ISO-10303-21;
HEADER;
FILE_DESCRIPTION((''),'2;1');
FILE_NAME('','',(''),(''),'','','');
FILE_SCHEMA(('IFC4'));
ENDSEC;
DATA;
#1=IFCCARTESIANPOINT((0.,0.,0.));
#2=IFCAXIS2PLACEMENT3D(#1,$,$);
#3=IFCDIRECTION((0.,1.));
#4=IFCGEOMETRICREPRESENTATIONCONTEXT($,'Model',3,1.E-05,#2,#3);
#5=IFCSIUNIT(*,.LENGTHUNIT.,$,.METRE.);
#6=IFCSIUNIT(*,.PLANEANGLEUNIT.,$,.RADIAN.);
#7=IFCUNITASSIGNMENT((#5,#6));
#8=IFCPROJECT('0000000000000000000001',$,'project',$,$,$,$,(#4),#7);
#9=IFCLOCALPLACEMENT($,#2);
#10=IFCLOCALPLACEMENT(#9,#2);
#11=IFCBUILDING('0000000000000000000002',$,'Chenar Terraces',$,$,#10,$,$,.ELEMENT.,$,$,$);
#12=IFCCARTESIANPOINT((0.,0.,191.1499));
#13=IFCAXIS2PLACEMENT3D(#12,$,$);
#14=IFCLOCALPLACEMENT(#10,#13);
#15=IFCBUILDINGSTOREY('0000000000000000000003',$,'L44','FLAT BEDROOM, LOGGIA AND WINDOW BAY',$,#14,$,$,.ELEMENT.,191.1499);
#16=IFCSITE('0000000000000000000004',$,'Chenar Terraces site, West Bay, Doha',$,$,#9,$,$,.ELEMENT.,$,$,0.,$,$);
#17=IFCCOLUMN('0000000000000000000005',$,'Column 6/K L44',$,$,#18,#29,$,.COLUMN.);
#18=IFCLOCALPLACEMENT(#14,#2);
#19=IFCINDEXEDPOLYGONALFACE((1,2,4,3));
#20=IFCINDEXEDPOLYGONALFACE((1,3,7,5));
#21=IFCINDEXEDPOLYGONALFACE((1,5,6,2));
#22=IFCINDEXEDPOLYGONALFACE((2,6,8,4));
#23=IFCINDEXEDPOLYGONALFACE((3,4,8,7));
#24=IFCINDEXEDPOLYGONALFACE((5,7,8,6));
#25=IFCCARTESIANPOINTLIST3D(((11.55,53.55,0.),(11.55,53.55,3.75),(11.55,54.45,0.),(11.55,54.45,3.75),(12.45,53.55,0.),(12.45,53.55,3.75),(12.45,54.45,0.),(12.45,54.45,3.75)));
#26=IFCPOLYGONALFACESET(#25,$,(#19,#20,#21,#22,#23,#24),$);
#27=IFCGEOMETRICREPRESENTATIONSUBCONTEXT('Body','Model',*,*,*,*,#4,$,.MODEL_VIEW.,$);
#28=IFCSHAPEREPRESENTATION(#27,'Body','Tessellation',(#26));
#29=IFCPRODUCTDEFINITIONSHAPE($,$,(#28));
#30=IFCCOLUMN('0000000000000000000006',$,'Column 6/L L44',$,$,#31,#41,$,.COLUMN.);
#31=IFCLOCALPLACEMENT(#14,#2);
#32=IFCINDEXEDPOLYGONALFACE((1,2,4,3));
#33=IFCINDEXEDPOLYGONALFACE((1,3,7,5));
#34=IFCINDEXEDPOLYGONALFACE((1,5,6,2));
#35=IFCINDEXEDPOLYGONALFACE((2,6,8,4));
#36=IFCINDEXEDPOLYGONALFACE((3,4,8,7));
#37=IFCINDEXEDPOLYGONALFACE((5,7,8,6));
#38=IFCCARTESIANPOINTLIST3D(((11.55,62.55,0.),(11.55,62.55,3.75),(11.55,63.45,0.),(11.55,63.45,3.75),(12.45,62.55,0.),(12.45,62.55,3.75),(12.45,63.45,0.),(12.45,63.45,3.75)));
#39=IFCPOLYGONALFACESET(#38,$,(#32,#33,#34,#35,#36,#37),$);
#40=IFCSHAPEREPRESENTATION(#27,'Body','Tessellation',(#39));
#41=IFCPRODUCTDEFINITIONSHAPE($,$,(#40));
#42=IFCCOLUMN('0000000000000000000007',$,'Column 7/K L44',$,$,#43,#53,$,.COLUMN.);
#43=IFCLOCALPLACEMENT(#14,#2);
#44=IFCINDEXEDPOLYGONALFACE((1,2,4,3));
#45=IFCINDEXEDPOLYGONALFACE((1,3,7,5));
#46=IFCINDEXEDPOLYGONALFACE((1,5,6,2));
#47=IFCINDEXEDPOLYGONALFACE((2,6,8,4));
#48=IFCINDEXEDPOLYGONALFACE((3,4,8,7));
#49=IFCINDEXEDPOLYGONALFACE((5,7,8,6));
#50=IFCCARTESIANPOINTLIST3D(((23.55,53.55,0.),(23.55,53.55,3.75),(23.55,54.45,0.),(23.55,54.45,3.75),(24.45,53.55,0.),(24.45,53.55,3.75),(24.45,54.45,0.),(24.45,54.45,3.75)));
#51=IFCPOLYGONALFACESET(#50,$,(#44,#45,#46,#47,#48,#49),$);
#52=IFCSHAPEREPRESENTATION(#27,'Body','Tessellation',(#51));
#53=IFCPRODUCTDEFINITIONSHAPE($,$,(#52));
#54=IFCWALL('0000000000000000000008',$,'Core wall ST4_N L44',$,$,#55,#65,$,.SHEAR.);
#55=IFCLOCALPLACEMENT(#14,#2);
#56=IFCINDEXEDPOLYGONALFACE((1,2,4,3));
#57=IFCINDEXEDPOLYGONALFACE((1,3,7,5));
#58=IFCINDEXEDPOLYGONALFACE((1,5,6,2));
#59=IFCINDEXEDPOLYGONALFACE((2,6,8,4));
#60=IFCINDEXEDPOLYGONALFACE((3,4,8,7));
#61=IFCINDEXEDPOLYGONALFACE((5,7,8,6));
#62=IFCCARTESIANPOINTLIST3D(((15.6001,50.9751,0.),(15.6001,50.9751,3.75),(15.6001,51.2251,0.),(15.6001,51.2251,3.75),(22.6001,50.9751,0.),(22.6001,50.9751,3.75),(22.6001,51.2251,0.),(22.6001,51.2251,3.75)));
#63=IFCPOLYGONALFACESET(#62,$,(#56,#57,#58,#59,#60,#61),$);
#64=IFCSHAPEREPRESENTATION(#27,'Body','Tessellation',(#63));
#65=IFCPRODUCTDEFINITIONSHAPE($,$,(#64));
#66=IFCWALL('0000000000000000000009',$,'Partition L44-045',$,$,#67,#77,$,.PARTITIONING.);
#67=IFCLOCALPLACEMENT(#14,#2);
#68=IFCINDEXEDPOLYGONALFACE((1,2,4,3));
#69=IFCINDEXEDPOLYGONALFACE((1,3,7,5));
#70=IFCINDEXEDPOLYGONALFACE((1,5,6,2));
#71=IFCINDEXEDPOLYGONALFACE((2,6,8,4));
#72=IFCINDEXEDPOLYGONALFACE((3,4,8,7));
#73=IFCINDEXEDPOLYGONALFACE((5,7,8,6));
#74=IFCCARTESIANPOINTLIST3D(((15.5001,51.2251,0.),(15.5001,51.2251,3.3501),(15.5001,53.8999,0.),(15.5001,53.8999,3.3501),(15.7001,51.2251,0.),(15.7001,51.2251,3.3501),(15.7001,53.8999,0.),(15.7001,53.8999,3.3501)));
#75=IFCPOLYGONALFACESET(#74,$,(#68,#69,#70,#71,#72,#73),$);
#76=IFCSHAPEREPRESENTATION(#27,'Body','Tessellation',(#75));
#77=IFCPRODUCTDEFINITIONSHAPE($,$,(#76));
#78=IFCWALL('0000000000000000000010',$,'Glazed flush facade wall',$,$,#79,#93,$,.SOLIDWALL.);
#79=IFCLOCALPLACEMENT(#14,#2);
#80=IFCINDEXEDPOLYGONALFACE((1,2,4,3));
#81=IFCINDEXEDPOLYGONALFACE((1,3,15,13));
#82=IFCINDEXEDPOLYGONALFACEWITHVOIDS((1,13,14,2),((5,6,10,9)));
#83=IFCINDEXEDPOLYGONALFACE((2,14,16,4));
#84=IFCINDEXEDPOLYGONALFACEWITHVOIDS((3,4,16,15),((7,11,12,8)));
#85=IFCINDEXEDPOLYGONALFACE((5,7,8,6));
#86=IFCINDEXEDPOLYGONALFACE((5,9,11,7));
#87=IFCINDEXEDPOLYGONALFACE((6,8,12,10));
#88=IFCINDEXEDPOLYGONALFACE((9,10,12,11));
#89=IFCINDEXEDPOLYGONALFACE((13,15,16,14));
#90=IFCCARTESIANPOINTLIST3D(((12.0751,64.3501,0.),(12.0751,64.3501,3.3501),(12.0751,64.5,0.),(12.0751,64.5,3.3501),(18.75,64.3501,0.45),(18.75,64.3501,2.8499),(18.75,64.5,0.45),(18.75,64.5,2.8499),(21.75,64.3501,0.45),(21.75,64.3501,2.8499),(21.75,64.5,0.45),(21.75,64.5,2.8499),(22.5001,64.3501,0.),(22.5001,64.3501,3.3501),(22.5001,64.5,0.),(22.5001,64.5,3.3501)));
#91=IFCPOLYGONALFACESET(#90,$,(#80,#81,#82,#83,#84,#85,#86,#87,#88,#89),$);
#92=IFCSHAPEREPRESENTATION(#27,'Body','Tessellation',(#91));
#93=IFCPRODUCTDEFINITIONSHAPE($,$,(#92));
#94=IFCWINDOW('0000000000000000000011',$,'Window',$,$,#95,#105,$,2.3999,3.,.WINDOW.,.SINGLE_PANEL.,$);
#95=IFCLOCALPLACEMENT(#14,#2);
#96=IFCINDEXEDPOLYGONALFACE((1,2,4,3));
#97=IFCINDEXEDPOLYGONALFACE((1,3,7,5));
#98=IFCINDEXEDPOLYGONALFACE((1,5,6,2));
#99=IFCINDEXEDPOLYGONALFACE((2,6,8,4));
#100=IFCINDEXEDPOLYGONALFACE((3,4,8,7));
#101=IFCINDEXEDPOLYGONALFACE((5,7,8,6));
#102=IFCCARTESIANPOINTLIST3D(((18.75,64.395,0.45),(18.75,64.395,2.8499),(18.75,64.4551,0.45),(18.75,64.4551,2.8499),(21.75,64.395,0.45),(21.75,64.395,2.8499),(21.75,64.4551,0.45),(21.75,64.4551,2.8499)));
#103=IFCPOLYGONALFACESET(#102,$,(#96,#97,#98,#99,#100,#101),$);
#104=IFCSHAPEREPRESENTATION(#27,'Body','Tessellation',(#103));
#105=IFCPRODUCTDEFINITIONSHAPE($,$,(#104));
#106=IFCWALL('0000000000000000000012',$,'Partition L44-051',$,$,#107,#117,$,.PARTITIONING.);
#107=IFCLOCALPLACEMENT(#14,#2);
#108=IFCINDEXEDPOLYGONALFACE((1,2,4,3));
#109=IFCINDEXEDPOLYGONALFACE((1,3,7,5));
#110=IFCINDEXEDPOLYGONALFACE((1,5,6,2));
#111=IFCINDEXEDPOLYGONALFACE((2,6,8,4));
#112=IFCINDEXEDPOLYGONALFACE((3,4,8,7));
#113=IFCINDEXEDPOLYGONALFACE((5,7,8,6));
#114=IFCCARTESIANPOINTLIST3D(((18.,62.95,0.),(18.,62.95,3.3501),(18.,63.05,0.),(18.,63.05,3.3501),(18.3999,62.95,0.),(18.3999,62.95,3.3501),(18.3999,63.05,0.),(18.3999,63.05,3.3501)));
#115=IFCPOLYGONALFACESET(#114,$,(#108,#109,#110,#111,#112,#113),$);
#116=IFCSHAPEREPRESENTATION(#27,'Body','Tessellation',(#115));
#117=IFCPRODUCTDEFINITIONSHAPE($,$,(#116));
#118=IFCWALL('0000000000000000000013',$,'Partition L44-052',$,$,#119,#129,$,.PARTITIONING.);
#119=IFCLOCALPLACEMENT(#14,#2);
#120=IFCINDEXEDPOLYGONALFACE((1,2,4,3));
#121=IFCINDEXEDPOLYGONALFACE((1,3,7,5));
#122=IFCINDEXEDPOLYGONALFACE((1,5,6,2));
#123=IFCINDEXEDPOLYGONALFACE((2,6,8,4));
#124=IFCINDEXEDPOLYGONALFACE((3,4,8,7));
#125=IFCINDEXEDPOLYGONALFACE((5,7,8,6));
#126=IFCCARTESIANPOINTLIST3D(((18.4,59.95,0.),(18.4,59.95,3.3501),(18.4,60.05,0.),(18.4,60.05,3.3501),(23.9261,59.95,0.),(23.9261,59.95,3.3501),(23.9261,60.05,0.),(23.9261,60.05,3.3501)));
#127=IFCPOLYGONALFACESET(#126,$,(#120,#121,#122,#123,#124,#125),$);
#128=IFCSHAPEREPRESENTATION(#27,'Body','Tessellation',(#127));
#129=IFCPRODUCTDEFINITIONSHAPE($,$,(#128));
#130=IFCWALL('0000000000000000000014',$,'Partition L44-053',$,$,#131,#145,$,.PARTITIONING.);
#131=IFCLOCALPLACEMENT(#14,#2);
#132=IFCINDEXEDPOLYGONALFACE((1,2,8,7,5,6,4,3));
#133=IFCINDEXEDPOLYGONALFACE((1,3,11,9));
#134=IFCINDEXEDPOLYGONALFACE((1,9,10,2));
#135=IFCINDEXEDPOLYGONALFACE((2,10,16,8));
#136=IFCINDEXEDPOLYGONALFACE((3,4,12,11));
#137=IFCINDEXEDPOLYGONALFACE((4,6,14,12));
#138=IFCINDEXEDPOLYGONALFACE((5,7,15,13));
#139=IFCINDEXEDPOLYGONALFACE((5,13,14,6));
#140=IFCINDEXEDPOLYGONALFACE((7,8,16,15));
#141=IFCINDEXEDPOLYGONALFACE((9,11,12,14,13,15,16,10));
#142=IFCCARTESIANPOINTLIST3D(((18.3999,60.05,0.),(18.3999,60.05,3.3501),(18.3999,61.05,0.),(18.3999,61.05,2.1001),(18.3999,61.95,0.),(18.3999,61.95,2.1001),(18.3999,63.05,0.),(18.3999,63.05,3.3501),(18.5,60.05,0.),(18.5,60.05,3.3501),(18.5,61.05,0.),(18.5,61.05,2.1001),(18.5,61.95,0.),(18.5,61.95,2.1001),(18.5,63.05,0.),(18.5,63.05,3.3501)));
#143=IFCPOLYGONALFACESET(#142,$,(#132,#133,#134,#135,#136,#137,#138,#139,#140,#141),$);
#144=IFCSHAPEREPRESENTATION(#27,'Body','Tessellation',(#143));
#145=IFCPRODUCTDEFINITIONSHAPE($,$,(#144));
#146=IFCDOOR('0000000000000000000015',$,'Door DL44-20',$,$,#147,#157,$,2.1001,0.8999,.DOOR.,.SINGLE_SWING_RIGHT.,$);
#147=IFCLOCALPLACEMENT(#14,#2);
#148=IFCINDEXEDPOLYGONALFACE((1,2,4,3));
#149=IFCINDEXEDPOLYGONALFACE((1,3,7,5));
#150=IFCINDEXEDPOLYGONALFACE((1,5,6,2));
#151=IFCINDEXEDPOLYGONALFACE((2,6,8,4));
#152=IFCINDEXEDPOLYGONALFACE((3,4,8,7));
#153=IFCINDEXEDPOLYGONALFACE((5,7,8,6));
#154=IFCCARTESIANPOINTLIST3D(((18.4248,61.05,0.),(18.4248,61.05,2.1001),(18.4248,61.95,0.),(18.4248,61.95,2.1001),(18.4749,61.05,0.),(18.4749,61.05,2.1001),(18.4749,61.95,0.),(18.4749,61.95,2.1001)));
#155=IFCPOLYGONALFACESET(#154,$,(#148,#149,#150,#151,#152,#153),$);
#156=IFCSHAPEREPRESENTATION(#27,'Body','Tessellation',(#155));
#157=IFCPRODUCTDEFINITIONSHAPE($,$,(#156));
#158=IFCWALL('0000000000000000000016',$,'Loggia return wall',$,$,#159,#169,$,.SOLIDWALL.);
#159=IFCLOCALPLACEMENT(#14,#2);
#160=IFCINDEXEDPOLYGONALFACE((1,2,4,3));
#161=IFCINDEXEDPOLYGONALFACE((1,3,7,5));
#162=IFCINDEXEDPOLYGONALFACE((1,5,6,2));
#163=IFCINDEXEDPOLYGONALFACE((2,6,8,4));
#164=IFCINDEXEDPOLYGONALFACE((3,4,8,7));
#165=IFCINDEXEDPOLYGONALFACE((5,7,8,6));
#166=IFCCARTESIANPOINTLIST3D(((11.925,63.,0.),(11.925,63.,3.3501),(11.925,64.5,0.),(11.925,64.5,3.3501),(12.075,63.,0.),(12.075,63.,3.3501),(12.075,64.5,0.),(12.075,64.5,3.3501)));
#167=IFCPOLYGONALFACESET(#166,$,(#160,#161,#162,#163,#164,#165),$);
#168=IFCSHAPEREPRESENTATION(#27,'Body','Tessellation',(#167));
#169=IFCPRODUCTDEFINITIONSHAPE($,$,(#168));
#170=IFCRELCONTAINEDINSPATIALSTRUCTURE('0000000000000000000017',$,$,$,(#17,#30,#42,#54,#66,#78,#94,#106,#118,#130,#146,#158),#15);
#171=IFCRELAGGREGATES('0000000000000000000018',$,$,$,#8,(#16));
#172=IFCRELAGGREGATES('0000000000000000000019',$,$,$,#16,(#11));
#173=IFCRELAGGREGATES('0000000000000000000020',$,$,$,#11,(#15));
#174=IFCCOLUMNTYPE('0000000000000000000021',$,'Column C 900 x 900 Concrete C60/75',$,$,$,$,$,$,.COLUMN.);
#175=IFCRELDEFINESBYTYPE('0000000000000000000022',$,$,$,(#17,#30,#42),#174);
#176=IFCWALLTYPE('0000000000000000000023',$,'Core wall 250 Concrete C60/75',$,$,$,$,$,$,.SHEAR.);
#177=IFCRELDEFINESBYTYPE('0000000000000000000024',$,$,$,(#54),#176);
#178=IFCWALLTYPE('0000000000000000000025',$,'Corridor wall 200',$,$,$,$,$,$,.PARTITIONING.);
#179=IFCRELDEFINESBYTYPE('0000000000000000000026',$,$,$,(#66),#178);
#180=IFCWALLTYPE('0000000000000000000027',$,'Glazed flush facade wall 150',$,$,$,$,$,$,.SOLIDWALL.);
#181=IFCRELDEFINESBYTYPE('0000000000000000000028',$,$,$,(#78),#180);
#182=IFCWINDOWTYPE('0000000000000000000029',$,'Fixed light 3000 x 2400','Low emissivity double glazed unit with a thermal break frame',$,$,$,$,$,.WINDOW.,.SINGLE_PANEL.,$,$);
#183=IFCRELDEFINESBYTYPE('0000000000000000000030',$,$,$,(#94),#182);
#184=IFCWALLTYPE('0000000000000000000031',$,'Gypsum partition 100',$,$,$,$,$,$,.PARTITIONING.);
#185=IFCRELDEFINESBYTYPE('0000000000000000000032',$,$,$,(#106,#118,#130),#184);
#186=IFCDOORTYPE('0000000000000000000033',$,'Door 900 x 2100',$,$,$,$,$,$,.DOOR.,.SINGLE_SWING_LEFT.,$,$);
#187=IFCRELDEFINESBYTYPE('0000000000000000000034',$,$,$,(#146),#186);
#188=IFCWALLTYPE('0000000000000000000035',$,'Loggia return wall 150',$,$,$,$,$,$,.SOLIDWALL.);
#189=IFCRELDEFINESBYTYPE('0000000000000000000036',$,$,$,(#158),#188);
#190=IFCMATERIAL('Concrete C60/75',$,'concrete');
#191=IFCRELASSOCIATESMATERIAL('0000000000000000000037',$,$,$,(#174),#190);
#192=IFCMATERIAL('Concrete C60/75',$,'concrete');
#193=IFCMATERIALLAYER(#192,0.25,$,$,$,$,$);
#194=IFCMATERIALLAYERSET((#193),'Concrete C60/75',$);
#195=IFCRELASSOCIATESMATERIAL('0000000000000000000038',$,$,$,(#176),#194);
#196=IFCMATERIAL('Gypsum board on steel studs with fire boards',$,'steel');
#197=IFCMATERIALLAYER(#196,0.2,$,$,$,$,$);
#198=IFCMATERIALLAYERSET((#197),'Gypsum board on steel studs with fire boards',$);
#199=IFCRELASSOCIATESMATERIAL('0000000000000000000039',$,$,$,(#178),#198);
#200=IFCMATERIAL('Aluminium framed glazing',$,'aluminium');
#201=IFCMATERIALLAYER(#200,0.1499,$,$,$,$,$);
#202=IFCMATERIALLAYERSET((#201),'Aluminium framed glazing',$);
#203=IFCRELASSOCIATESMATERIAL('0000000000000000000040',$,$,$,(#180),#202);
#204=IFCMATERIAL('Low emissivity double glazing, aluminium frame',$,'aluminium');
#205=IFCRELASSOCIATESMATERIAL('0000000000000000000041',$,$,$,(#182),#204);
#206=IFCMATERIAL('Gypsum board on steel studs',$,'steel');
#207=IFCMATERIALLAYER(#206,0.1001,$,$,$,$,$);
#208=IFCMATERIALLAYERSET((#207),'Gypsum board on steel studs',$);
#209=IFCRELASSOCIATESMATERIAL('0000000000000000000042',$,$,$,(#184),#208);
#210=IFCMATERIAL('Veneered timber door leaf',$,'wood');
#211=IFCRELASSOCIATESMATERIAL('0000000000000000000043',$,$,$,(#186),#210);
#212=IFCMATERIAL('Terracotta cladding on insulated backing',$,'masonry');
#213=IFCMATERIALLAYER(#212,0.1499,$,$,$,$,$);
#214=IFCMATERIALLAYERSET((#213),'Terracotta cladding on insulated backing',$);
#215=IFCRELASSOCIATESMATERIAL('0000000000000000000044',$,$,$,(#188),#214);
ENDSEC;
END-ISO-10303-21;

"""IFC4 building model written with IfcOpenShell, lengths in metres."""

from ifc_helpers import new_model, si_unit, direction, frame, frame_2d, origin, origin_2d, place, context, subcontext, project, spatial, rectangle, extrude, material, layer, layer_set, material_profile, profile_set, type_object, element, fill, save


model = new_model("IFC4")

# Units and contexts
model_context = context("Model", 3, precision=1e-05, world=origin(), true_north=direction((0.0, 1.0)))
body_context = subcontext(model_context, "Body", "Model", "MODEL_VIEW")
ifc_project = project(units=[si_unit("LENGTHUNIT", "METRE"), si_unit("PLANEANGLEUNIT", "RADIAN")], contexts=[model_context])

# Site, building, storey
site_placement = place(None, origin())
site = spatial("IfcSite", under=ifc_project, at=site_placement, Name="Chenar Terraces site, West Bay, Doha", CompositionType="ELEMENT", RefElevation=0.0)
building_placement = place(site_placement, origin())
building = spatial("IfcBuilding", under=site, at=building_placement, Name="Chenar Terraces", CompositionType="ELEMENT")
storey_placement = place(building_placement, frame((0.0, 0.0, 191.1499)))
storey = spatial("IfcBuildingStorey", under=building, at=storey_placement, Name="L44", Description="FLAT BEDROOM, LOGGIA AND WINDOW BAY", CompositionType="ELEMENT", Elevation=191.1499)

# Columns
ifc_material_1 = material(Name="Concrete C60/75", Category="concrete")
ifc_material_profile = material_profile(ifc_material_1, rectangle(XDim=0.8999, YDim=0.8999, at=origin_2d()), Name="C 900 x 900")
ifc_profile_set = profile_set([ifc_material_profile], Name="Concrete C60/75")
column_type = type_object("IfcColumnType", Name="Column C 900 x 900 Concrete C60/75", PredefinedType="COLUMN", material=ifc_profile_set)
for number, where, z_axis, x_axis, name in (
    (1, (12.0, 54.0, 0.0), (0.0, 0.0, 1.0), (1.0, 0.0, 0.0), "Column 6/K L44"),
    (2, (12.0, 63.0, 0.0), (0.0, 0.0, 1.0), (1.0, 0.0, 0.0), "Column 6/L L44"),
    (3, (24.0, 54.0, 0.0), (0.0, 0.0, 1.0), (1.0, 0.0, 0.0), "Column 7/K L44"),
):
    element("IfcColumn", number, at=place(storey_placement, frame(where, z_axis=z_axis, x_axis=x_axis)), inside=storey, type_object=column_type, Name=name, PredefinedType="COLUMN", context=body_context, shape_type="SweptSolid", body=[
        extrude(rectangle(XDim=0.8999, YDim=0.8999, at=origin_2d()), origin(), (0.0, 0.0, 1.0), 3.75),
    ])

# Walls
ifc_material_2 = material(Name="Concrete C60/75", Category="concrete")
ifc_layer_1 = layer(ifc_material_2, 0.25)
ifc_layer_set_1 = layer_set([ifc_layer_1], Name="Concrete C60/75")
wall_type_1 = type_object("IfcWallType", Name="Core wall 250 Concrete C60/75", PredefinedType="SHEAR", material=ifc_layer_set_1)
wall_1_placement = place(storey_placement, frame((15.6001, 51.1001, 0.0), z_axis=(0.0, 0.0, 1.0), x_axis=(1.0, 0.0, 0.0)))
element("IfcWall", 4, at=wall_1_placement, inside=storey, type_object=wall_type_1, Name="Core wall ST4_N L44", PredefinedType="SHEAR", context=body_context, shape_type="SweptSolid", body=[
    extrude(rectangle(XDim=7.0, YDim=0.25, at=frame_2d((3.5, 0.0))), origin(), (0.0, 0.0, 1.0), 3.75),
])
ifc_material_3 = material(Name="Gypsum board on steel studs with fire boards", Category="steel")
ifc_layer_2 = layer(ifc_material_3, 0.2)
ifc_layer_set_2 = layer_set([ifc_layer_2], Name="Gypsum board on steel studs with fire boards")
wall_type_2 = type_object("IfcWallType", Name="Corridor wall 200", PredefinedType="PARTITIONING", material=ifc_layer_set_2)
wall_2_placement = place(storey_placement, frame((15.6001, 51.2251, 0.0), z_axis=(0.0, 0.0, 1.0), x_axis=(0.0, 1.0, 0.0)))
element("IfcWall", 5, at=wall_2_placement, inside=storey, type_object=wall_type_2, Name="Partition L44-045", PredefinedType="PARTITIONING", context=body_context, shape_type="SweptSolid", body=[
    extrude(rectangle(XDim=2.6748, YDim=0.2, at=frame_2d((1.3374, 0.0))), origin(), (0.0, 0.0, 1.0), 3.3501),
])

# Wall, opening, window
ifc_material_4 = material(Name="Aluminium framed glazing", Category="aluminium")
ifc_layer_3 = layer(ifc_material_4, 0.1499)
ifc_layer_set_3 = layer_set([ifc_layer_3], Name="Aluminium framed glazing")
wall_type_3 = type_object("IfcWallType", Name="Glazed flush facade wall 150", PredefinedType="SOLIDWALL", material=ifc_layer_set_3)
wall_3_placement = place(storey_placement, frame((22.5, 64.425, 0.0), z_axis=(0.0, 0.0, 1.0), x_axis=(-1.0, 0.0, 0.0)))
wall_3 = element("IfcWall", 6, at=wall_3_placement, inside=storey, type_object=wall_type_3, Name="Glazed flush facade wall", PredefinedType="SOLIDWALL", context=body_context, shape_type="SweptSolid", body=[
    extrude(rectangle(XDim=10.425, YDim=0.1499, at=frame_2d((5.2124, 0.0))), origin(), (0.0, 0.0, 1.0), 3.3501),
])
opening_1_placement = place(wall_3_placement, frame((0.75, 0.0, 0.45)))
opening_1 = element("IfcOpeningElement", 7, at=opening_1_placement, cuts=wall_3, PredefinedType="OPENING", context=body_context, shape_type="SweptSolid", body=[
    extrude(rectangle(XDim=3.0, YDim=2.3999, at=frame_2d((1.5, 1.2))), frame((0.0, 0.085, 0.0), z_axis=(0.0, -1.0, 0.0), x_axis=(1.0, 0.0, 0.0)), (0.0, 0.0, 1.0), 0.1699),
])
ifc_material_5 = material(Name="Low emissivity double glazing, aluminium frame", Category="aluminium")
window_type = type_object("IfcWindowType", Name="Fixed light 3000 x 2400", Description="Low emissivity double glazed unit with a thermal break frame", PartitioningType="SINGLE_PANEL", PredefinedType="WINDOW", material=ifc_material_5)
window_placement = place(opening_1_placement, origin())
window = element("IfcWindow", 8, at=window_placement, inside=storey, type_object=window_type, Name="Window", OverallHeight=2.3999, OverallWidth=3.0, PartitioningType="SINGLE_PANEL", PredefinedType="WINDOW", context=body_context, shape_type="SweptSolid", body=[
    extrude(rectangle(XDim=3.0, YDim=2.3999, at=frame_2d((1.5, 1.2))), frame((0.0, 0.03, 0.0), z_axis=(0.0, -1.0, 0.0), x_axis=(1.0, 0.0, 0.0)), (0.0, 0.0, 1.0), 0.0601),
])
fill(opening_1, window)

# Walls
ifc_material_6 = material(Name="Gypsum board on steel studs", Category="steel")
ifc_layer_4 = layer(ifc_material_6, 0.1001)
ifc_layer_set_4 = layer_set([ifc_layer_4], Name="Gypsum board on steel studs")
wall_type_4 = type_object("IfcWallType", Name="Gypsum partition 100", PredefinedType="PARTITIONING", material=ifc_layer_set_4)
wall_4_placement = place(storey_placement, frame((18.0, 63.0, 0.0), z_axis=(0.0, 0.0, 1.0), x_axis=(1.0, 0.0, 0.0)))
element("IfcWall", 9, at=wall_4_placement, inside=storey, type_object=wall_type_4, Name="Partition L44-051", PredefinedType="PARTITIONING", context=body_context, shape_type="SweptSolid", body=[
    extrude(rectangle(XDim=0.3999, YDim=0.1001, at=frame_2d((0.2, 0.0))), origin(), (0.0, 0.0, 1.0), 3.3501),
])
wall_5_placement = place(storey_placement, frame((18.3999, 60.0, 0.0), z_axis=(0.0, 0.0, 1.0), x_axis=(1.0, 0.0, 0.0)))
element("IfcWall", 10, at=wall_5_placement, inside=storey, type_object=wall_type_4, Name="Partition L44-052", PredefinedType="PARTITIONING", context=body_context, shape_type="SweptSolid", body=[
    extrude(rectangle(XDim=5.5261, YDim=0.1001, at=frame_2d((2.7632, 0.0))), origin(), (0.0, 0.0, 1.0), 3.3501),
])

# Wall, opening, door
wall_6_placement = place(storey_placement, frame((18.45, 60.05, 0.0), z_axis=(0.0, 0.0, 1.0), x_axis=(0.0, 1.0, 0.0)))
wall_6 = element("IfcWall", 11, at=wall_6_placement, inside=storey, type_object=wall_type_4, Name="Partition L44-053", PredefinedType="PARTITIONING", context=body_context, shape_type="SweptSolid", body=[
    extrude(rectangle(XDim=3.0, YDim=0.1001, at=frame_2d((1.5, 0.0))), origin(), (0.0, 0.0, 1.0), 3.3501),
])
opening_2_placement = place(wall_6_placement, frame((1.0, 0.0, 0.0)))
opening_2 = element("IfcOpeningElement", 12, at=opening_2_placement, cuts=wall_6, PredefinedType="OPENING", context=body_context, shape_type="SweptSolid", body=[
    extrude(rectangle(XDim=0.8999, YDim=2.1001, at=frame_2d((0.45, 1.05))), frame((0.0, 0.0601, 0.0), z_axis=(0.0, -1.0, 0.0), x_axis=(1.0, 0.0, 0.0)), (0.0, 0.0, 1.0), 0.1201),
])
ifc_material_7 = material(Name="Veneered timber door leaf", Category="wood")
door_type_1 = type_object("IfcDoorType", Name="Door 900 x 2100", OperationType="SINGLE_SWING_LEFT", PredefinedType="DOOR", material=ifc_material_7)
door_1_placement = place(opening_2_placement, frame((0.8999, 0.0, 0.0), z_axis=(0.0, 0.0, 1.0), x_axis=(-1.0, 0.0, 0.0)))
door_1 = element("IfcDoor", 13, at=door_1_placement, inside=storey, type_object=door_type_1, Name="Door DL44-20", OperationType="SINGLE_SWING_RIGHT", OverallHeight=2.1001, OverallWidth=0.8999, PredefinedType="DOOR", context=body_context, shape_type="SweptSolid", body=[
    extrude(rectangle(XDim=0.8999, YDim=2.1001, at=frame_2d((0.45, 1.05))), frame((0.0, 0.0249, 0.0), z_axis=(0.0, -1.0, 0.0), x_axis=(1.0, 0.0, 0.0)), (0.0, 0.0, 1.0), 0.05),
])
fill(opening_2, door_1)

# Wall
ifc_material_8 = material(Name="Terracotta cladding on insulated backing", Category="masonry")
ifc_layer_5 = layer(ifc_material_8, 0.1499)
ifc_layer_set_5 = layer_set([ifc_layer_5], Name="Terracotta cladding on insulated backing")
wall_type_5 = type_object("IfcWallType", Name="Loggia return wall 150", PredefinedType="SOLIDWALL", material=ifc_layer_set_5)
wall_7_placement = place(storey_placement, frame((12.0, 64.5, 0.0), z_axis=(0.0, 0.0, 1.0), x_axis=(0.0, -1.0, 0.0)))
element("IfcWall", 14, at=wall_7_placement, inside=storey, type_object=wall_type_5, Name="Loggia return wall", PredefinedType="SOLIDWALL", context=body_context, shape_type="SweptSolid", body=[
    extrude(rectangle(XDim=1.5, YDim=0.1499, at=frame_2d((0.75, 0.0))), origin(), (0.0, 0.0, 1.0), 3.3501),
])

save(model, "model.ifc")
